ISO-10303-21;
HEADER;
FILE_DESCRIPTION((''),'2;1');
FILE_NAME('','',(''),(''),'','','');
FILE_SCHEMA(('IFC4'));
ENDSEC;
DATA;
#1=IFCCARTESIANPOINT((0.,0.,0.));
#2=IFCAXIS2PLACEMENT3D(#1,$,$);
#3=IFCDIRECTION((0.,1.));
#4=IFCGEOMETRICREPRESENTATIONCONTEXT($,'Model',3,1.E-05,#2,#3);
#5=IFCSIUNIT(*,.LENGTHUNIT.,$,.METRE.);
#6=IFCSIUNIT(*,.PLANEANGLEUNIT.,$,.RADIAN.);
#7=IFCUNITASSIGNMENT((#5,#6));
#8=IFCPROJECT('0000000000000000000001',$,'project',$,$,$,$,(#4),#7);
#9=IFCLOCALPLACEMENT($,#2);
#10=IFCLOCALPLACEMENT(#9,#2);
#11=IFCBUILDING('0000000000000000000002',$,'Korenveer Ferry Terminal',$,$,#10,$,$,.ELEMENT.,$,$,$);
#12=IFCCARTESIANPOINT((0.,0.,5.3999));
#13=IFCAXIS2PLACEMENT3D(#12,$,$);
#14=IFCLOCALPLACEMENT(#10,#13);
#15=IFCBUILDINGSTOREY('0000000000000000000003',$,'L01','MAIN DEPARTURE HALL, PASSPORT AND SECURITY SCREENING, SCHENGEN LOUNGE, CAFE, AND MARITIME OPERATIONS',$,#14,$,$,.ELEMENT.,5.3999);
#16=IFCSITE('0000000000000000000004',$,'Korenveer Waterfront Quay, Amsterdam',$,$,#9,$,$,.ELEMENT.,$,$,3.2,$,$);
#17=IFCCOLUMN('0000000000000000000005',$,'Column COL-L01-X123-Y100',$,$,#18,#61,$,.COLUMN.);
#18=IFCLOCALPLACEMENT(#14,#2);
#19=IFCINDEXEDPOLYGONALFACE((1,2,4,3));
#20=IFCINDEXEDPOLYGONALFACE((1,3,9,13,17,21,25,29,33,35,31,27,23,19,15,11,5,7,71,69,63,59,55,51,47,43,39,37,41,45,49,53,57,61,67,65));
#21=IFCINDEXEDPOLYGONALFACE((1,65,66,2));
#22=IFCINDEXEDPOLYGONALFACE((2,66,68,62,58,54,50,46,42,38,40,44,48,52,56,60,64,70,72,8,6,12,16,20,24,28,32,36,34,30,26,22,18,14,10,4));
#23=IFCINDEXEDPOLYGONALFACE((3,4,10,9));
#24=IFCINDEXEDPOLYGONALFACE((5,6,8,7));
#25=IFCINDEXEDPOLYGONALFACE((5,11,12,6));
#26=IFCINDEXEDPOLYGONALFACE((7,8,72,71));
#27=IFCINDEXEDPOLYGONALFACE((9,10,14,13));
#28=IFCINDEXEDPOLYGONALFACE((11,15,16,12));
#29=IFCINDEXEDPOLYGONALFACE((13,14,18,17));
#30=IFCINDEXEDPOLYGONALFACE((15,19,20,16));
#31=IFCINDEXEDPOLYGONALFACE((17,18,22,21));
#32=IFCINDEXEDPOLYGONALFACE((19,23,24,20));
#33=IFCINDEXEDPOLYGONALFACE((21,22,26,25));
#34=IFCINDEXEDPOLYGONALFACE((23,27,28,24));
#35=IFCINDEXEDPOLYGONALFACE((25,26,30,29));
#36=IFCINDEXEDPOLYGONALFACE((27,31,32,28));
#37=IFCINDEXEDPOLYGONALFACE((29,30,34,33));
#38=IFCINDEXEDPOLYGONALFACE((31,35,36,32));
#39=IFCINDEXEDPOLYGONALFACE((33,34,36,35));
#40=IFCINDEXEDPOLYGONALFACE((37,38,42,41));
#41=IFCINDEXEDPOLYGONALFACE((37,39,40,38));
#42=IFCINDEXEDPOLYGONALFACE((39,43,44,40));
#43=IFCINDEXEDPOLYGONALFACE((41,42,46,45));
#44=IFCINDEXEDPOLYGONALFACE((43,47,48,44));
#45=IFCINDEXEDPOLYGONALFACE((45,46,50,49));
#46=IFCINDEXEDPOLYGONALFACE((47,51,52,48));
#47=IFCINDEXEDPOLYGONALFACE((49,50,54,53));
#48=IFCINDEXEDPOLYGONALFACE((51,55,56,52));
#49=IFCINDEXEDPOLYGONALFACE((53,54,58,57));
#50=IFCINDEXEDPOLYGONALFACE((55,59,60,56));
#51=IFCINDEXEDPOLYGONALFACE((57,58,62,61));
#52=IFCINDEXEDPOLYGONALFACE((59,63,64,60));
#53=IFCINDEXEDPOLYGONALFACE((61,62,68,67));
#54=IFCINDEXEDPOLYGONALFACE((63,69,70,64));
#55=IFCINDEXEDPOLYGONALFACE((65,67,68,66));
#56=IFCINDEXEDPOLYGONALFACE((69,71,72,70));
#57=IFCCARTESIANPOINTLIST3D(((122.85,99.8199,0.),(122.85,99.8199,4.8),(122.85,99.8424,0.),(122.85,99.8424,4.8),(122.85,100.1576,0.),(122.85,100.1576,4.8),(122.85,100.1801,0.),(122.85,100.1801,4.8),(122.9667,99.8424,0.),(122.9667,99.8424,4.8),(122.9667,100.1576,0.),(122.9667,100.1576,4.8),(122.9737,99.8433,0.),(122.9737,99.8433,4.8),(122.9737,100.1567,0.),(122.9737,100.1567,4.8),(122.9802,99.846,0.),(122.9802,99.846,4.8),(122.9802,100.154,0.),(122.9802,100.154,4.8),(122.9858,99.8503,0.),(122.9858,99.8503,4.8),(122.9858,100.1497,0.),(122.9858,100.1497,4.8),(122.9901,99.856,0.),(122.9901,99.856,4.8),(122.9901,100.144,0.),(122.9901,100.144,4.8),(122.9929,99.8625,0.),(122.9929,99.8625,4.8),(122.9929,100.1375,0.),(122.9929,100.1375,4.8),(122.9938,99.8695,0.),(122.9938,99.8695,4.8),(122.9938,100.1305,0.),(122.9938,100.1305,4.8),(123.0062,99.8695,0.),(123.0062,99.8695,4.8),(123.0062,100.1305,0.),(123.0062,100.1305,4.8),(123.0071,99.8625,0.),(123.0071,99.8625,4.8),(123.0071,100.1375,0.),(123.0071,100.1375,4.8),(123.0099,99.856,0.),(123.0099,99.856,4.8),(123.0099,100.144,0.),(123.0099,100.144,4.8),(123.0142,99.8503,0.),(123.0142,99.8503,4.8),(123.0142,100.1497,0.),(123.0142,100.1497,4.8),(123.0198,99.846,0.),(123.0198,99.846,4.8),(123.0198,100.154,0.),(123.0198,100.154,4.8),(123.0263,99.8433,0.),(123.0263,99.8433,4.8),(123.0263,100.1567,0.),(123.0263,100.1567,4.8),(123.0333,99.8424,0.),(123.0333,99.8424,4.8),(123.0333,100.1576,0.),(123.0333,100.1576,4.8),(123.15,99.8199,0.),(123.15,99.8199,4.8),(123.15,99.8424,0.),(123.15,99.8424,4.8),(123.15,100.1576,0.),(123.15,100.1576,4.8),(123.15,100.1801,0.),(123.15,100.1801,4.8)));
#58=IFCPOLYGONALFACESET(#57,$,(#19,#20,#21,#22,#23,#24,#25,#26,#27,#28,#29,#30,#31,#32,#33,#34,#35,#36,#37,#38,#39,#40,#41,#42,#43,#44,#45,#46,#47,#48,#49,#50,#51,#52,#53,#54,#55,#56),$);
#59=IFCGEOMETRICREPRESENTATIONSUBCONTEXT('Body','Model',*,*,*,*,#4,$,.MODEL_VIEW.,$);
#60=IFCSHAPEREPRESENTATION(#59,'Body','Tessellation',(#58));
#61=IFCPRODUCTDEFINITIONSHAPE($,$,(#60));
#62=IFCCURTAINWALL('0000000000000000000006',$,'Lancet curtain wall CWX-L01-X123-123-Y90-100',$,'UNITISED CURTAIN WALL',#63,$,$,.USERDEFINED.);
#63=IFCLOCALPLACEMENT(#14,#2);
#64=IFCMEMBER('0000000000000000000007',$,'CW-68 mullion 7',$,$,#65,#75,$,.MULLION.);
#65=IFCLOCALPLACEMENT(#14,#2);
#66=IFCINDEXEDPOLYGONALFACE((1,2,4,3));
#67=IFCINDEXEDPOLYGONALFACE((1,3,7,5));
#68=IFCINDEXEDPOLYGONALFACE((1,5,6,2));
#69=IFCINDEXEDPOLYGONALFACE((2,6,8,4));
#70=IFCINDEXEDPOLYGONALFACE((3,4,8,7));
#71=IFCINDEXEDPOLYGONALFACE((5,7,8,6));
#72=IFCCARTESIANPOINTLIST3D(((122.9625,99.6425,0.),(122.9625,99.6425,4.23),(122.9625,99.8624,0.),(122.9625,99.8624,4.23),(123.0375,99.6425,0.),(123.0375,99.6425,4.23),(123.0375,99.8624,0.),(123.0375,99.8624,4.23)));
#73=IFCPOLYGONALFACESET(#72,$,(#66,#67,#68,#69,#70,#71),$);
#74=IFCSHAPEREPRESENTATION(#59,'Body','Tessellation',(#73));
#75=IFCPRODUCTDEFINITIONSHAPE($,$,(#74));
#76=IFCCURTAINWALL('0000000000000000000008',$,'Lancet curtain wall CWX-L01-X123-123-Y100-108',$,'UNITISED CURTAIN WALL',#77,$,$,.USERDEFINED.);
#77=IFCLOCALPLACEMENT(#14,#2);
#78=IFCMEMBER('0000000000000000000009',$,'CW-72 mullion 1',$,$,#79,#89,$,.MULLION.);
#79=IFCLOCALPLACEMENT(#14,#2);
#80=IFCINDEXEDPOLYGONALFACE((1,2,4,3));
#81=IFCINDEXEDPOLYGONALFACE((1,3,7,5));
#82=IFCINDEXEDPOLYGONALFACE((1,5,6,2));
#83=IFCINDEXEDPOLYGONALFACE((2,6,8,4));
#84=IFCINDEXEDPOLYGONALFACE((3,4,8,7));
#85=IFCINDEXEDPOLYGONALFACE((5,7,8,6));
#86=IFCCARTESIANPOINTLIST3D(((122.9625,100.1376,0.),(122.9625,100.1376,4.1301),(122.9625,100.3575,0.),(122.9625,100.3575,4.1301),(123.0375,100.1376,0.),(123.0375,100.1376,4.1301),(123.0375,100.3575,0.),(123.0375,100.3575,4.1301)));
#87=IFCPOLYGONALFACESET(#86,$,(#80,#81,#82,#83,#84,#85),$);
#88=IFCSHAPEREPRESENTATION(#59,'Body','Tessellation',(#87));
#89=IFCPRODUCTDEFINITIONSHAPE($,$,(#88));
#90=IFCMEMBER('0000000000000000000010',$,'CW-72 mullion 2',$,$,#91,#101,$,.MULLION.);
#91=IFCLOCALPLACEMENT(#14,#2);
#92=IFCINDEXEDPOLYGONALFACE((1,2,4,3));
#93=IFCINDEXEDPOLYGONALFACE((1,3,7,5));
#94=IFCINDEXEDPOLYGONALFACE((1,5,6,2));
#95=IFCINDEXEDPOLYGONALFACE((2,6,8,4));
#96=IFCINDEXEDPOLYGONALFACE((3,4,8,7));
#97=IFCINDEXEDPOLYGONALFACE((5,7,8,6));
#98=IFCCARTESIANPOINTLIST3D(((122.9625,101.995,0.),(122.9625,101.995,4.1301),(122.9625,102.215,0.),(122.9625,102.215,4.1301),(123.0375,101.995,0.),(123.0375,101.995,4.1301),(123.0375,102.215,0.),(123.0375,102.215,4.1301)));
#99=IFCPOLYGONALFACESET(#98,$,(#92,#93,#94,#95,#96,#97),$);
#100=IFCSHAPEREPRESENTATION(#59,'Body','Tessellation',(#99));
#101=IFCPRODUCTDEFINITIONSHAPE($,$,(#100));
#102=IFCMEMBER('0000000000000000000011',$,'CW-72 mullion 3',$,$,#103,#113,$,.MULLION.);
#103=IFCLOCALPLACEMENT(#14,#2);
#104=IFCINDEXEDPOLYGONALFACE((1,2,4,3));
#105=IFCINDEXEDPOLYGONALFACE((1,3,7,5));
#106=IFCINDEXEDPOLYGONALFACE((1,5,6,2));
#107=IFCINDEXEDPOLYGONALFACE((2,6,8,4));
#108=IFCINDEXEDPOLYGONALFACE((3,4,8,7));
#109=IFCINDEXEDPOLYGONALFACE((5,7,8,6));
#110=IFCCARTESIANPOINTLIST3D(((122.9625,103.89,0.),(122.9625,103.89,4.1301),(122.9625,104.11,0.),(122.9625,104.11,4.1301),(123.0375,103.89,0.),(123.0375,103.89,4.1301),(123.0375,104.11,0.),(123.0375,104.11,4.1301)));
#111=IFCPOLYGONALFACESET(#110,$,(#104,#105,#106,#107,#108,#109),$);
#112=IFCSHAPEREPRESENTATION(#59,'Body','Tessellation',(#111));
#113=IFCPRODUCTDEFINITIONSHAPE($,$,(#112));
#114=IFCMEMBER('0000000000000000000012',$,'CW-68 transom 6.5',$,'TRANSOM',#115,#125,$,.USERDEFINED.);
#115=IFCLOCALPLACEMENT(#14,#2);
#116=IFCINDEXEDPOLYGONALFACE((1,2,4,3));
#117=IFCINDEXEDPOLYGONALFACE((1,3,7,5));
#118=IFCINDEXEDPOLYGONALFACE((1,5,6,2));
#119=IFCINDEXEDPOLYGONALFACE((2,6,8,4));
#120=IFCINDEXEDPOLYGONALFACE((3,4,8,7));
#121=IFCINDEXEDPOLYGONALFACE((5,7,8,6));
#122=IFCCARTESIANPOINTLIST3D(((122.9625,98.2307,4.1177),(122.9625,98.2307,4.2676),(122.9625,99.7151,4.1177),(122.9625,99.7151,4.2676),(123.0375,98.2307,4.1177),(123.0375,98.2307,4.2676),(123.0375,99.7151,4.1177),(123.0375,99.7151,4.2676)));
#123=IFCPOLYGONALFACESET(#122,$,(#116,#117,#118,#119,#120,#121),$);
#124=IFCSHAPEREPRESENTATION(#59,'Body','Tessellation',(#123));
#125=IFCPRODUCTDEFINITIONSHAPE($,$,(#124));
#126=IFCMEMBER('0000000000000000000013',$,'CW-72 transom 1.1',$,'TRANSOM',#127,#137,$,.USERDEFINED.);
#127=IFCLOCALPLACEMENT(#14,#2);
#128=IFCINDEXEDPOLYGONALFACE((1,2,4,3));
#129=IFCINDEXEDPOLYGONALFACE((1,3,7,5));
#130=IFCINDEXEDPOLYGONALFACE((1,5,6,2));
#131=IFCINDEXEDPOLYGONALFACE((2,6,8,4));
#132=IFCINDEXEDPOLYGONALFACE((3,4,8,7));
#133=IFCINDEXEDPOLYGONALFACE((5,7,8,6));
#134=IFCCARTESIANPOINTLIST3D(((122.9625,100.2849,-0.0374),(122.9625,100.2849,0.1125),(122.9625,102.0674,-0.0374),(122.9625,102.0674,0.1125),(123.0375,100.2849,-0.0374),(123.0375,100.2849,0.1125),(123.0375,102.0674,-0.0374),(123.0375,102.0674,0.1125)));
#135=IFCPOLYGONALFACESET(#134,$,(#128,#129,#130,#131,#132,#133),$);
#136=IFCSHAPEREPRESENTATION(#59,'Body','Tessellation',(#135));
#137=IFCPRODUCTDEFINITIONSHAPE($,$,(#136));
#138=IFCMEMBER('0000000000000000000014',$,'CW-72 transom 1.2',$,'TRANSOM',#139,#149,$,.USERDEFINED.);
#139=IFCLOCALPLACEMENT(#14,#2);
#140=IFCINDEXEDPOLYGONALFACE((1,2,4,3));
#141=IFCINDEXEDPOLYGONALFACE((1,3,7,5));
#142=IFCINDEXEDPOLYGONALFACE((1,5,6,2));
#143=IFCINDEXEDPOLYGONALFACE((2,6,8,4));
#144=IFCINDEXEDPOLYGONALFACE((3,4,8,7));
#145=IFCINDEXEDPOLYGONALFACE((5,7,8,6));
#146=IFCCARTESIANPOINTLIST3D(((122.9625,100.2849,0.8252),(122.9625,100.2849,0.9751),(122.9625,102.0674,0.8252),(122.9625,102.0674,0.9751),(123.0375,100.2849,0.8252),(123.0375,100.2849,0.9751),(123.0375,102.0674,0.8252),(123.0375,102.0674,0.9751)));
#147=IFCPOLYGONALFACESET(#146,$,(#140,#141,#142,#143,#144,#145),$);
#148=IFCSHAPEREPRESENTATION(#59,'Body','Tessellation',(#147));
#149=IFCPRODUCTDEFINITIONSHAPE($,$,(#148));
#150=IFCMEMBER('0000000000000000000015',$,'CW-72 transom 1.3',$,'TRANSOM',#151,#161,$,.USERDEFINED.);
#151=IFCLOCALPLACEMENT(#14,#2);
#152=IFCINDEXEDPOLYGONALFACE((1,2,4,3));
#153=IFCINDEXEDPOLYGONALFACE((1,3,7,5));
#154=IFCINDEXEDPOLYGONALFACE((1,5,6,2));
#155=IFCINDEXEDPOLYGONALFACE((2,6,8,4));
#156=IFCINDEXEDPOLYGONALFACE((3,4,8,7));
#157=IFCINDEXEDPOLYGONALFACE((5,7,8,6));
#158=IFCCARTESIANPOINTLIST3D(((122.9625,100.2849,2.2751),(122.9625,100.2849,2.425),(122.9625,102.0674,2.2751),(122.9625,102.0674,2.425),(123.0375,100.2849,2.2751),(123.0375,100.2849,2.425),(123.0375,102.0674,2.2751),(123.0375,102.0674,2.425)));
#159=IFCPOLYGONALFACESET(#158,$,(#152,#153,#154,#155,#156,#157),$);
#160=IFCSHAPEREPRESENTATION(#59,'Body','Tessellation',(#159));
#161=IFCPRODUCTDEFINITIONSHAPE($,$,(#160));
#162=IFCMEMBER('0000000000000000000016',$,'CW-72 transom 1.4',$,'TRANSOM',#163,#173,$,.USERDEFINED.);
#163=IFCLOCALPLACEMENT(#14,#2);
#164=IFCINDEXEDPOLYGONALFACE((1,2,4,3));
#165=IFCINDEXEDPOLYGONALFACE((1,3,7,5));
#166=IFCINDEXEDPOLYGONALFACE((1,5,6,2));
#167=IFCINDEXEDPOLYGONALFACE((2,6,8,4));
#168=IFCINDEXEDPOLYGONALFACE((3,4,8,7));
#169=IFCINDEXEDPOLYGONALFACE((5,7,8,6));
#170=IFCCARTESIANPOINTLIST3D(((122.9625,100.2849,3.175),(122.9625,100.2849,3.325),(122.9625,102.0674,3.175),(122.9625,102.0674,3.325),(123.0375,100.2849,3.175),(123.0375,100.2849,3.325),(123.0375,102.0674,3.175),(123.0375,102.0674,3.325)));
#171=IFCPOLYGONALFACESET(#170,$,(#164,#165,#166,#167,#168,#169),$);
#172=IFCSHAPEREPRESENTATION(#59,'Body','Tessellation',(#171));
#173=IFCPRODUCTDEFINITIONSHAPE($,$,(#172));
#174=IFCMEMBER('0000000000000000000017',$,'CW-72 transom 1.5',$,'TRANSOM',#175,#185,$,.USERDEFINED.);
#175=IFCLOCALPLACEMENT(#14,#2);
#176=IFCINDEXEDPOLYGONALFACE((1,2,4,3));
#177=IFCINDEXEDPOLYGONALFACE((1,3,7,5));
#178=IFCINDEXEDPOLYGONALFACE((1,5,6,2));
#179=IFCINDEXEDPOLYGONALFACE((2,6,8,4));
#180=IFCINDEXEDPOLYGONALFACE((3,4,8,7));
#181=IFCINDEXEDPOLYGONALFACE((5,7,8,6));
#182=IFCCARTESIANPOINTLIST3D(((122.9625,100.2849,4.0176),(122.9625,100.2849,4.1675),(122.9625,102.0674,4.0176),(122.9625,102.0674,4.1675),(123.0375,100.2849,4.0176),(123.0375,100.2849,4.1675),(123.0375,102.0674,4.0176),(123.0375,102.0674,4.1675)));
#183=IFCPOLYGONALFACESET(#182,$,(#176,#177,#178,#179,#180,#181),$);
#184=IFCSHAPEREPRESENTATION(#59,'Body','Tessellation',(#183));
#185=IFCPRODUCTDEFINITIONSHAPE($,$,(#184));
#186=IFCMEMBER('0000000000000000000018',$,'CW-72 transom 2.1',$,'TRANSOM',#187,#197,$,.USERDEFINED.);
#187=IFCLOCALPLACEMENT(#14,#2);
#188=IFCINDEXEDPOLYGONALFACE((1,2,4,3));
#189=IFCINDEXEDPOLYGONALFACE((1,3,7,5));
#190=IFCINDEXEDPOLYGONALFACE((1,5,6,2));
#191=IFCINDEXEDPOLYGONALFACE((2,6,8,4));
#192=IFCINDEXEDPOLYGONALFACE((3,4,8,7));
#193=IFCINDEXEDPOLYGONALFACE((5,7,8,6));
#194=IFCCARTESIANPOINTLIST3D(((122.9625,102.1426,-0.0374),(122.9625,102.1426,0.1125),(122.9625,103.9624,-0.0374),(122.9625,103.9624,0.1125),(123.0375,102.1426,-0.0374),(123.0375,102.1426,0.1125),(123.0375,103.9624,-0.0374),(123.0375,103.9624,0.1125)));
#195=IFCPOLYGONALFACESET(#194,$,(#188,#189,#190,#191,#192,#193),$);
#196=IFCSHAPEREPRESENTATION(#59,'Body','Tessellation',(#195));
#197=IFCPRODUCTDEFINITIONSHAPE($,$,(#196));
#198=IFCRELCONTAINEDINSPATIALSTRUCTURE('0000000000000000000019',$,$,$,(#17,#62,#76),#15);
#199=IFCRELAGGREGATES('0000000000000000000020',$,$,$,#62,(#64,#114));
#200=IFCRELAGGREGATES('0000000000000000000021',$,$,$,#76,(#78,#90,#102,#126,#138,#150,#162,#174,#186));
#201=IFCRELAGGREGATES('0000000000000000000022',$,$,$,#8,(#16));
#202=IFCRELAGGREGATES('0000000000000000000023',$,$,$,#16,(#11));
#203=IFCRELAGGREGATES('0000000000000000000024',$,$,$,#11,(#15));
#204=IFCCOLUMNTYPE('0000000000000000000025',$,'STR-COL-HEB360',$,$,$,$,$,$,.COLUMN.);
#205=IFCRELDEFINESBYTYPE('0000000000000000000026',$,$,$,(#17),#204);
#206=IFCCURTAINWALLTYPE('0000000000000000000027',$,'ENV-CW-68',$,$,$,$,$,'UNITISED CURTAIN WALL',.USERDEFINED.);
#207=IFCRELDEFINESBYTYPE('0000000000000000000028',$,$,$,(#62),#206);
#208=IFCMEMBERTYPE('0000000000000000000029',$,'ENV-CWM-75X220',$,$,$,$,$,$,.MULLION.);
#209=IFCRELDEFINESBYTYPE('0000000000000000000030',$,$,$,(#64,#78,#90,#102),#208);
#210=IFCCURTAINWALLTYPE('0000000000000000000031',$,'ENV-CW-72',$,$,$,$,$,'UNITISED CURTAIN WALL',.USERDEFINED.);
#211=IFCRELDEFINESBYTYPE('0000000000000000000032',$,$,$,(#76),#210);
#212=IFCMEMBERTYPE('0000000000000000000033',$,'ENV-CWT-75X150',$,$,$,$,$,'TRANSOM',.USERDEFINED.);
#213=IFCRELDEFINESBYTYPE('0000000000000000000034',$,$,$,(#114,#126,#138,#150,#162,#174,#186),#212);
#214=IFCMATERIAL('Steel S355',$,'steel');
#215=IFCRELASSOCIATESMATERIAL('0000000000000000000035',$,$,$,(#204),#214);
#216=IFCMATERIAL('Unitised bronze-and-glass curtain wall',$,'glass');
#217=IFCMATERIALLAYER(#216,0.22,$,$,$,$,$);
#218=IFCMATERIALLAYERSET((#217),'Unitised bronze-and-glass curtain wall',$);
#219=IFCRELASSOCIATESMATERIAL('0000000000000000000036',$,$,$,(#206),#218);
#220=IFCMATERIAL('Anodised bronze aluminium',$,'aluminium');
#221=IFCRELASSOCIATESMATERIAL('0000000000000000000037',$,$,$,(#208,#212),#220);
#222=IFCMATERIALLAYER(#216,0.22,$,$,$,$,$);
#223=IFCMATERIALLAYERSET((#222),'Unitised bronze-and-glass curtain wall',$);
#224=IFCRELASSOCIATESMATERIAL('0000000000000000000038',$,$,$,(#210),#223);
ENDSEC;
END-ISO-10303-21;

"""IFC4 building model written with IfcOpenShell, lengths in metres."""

from ifc_helpers import new_model, si_unit, direction, frame, origin, origin_2d, place, context, subcontext, project, spatial, rectangle, i_section, extrude, material, layer, layer_set, material_profile, profile_set, type_object, element, aggregate, save


model = new_model("IFC4")

# Units and contexts
model_context = context("Model", 3, precision=1e-05, world=origin(), true_north=direction((0.0, 1.0)))
body_context = subcontext(model_context, "Body", "Model", "MODEL_VIEW")
ifc_project = project(units=[si_unit("LENGTHUNIT", "METRE"), si_unit("PLANEANGLEUNIT", "RADIAN")], contexts=[model_context])

# Site, building, storey
site_placement = place(None, origin())
site = spatial("IfcSite", under=ifc_project, at=site_placement, Name="Korenveer Waterfront Quay, Amsterdam", CompositionType="ELEMENT", RefElevation=3.2)
building_placement = place(site_placement, origin())
building = spatial("IfcBuilding", under=site, at=building_placement, Name="Korenveer Ferry Terminal", CompositionType="ELEMENT")
storey_placement = place(building_placement, frame((0.0, 0.0, 5.3999)))
storey = spatial("IfcBuildingStorey", under=building, at=storey_placement, Name="L01", Description="MAIN DEPARTURE HALL, PASSPORT AND SECURITY SCREENING, SCHENGEN LOUNGE, CAFE, AND MARITIME OPERATIONS", CompositionType="ELEMENT", Elevation=5.3999)

# Column
ifc_material_1 = material(Name="Steel S355", Category="steel")
ifc_material_profile_1 = material_profile(ifc_material_1, i_section(OverallWidth=0.3, OverallDepth=0.3601, WebThickness=0.0125, FlangeThickness=0.0225, FilletRadius=0.0271, at=origin_2d()), Name="HEB 360")
ifc_profile_set_1 = profile_set([ifc_material_profile_1], Name="Steel S355")
column_type = type_object("IfcColumnType", Name="STR-COL-HEB360", PredefinedType="COLUMN", material=ifc_profile_set_1)
column_placement = place(storey_placement, frame((123.0, 100.0, 0.0), z_axis=(0.0, 0.0, 1.0), x_axis=(1.0, 0.0, 0.0)))
element("IfcColumn", 1, at=column_placement, inside=storey, type_object=column_type, Name="Column COL-L01-X123-Y100", PredefinedType="COLUMN", context=body_context, shape_type="SweptSolid", body=[
    extrude(i_section(OverallWidth=0.3, OverallDepth=0.3601, WebThickness=0.0125, FlangeThickness=0.0225, FilletRadius=0.0271, at=origin_2d()), origin(), (0.0, 0.0, 1.0), 4.8),
])

# Curtain wall, member
ifc_material_2 = material(Name="Unitised bronze-and-glass curtain wall", Category="glass")
ifc_layer_1 = layer(ifc_material_2, 0.22)
ifc_layer_set_1 = layer_set([ifc_layer_1], Name="Unitised bronze-and-glass curtain wall")
curtain_wall_type_1 = type_object("IfcCurtainWallType", Name="ENV-CW-68", ElementType="UNITISED CURTAIN WALL", PredefinedType="USERDEFINED", material=ifc_layer_set_1)
curtain_wall_1_placement = place(storey_placement, frame((123.0, 90.21, 0.0)))
curtain_wall_1 = element("IfcCurtainWall", 2, at=curtain_wall_1_placement, inside=storey, type_object=curtain_wall_type_1, Name="Lancet curtain wall CWX-L01-X123-123-Y90-100", ObjectType="UNITISED CURTAIN WALL", PredefinedType="USERDEFINED")
ifc_material_3 = material(Name="Anodised bronze aluminium", Category="aluminium")
ifc_material_profile_2 = material_profile(ifc_material_3, rectangle(XDim=0.075, YDim=0.22, at=origin_2d()), Name="ALU 75x220")
ifc_profile_set_2 = profile_set([ifc_material_profile_2], Name="Anodised bronze aluminium")
member_type_1 = type_object("IfcMemberType", Name="ENV-CWM-75X220", PredefinedType="MULLION", material=ifc_profile_set_2)
member_1_placement = place(storey_placement, frame((123.0, 99.7524, 0.0), z_axis=(0.0, 0.0, 1.0), x_axis=(-1.0, 0.0, 0.0)))
member_1 = element("IfcMember", 3, at=member_1_placement, type_object=member_type_1, Name="CW-68 mullion 7", PredefinedType="MULLION", context=body_context, shape_type="SweptSolid", body=[
    extrude(rectangle(XDim=0.075, YDim=0.22, at=origin_2d()), origin(), (0.0, 0.0, 1.0), 4.23),
])

# Curtain wall, members
ifc_layer_2 = layer(ifc_material_2, 0.22)
ifc_layer_set_2 = layer_set([ifc_layer_2], Name="Unitised bronze-and-glass curtain wall")
curtain_wall_type_2 = type_object("IfcCurtainWallType", Name="ENV-CW-72", ElementType="UNITISED CURTAIN WALL", PredefinedType="USERDEFINED", material=ifc_layer_set_2)
curtain_wall_2_placement = place(storey_placement, frame((123.0, 100.21, 0.0)))
curtain_wall_2 = element("IfcCurtainWall", 4, at=curtain_wall_2_placement, inside=storey, type_object=curtain_wall_type_2, Name="Lancet curtain wall CWX-L01-X123-123-Y100-108", ObjectType="UNITISED CURTAIN WALL", PredefinedType="USERDEFINED")
member_2_placement = place(storey_placement, frame((123.0, 100.2476, 0.0), z_axis=(0.0, 0.0, 1.0), x_axis=(-1.0, 0.0, 0.0)))
member_2 = element("IfcMember", 5, at=member_2_placement, type_object=member_type_1, Name="CW-72 mullion 1", PredefinedType="MULLION", context=body_context, shape_type="SweptSolid", body=[
    extrude(rectangle(XDim=0.075, YDim=0.22, at=origin_2d()), origin(), (0.0, 0.0, 1.0), 4.1301),
])
member_3_placement = place(storey_placement, frame((123.0, 102.105, 0.0), z_axis=(0.0, 0.0, 1.0), x_axis=(-1.0, 0.0, 0.0)))
member_3 = element("IfcMember", 6, at=member_3_placement, type_object=member_type_1, Name="CW-72 mullion 2", PredefinedType="MULLION", context=body_context, shape_type="SweptSolid", body=[
    extrude(rectangle(XDim=0.075, YDim=0.22, at=origin_2d()), origin(), (0.0, 0.0, 1.0), 4.1301),
])
member_4_placement = place(storey_placement, frame((123.0, 104.0, 0.0), z_axis=(0.0, 0.0, 1.0), x_axis=(-1.0, 0.0, 0.0)))
member_4 = element("IfcMember", 7, at=member_4_placement, type_object=member_type_1, Name="CW-72 mullion 3", PredefinedType="MULLION", context=body_context, shape_type="SweptSolid", body=[
    extrude(rectangle(XDim=0.075, YDim=0.22, at=origin_2d()), origin(), (0.0, 0.0, 1.0), 4.1301),
])

# Members
ifc_material_profile_3 = material_profile(ifc_material_3, rectangle(XDim=0.075, YDim=0.1499, at=origin_2d()), Name="ALU 75x150")
ifc_profile_set_3 = profile_set([ifc_material_profile_3], Name="Anodised bronze aluminium")
member_type_2 = type_object("IfcMemberType", Name="ENV-CWT-75X150", ElementType="TRANSOM", PredefinedType="USERDEFINED", material=ifc_profile_set_3)
member_5_placement = place(storey_placement, frame((123.0, 98.2307, 4.1926), z_axis=(0.0, 1.0, 0.0), x_axis=(-1.0, 0.0, 0.0)))
member_5 = element("IfcMember", 8, at=member_5_placement, type_object=member_type_2, Name="CW-68 transom 6.5", ObjectType="TRANSOM", PredefinedType="USERDEFINED", context=body_context, shape_type="SweptSolid", body=[
    extrude(rectangle(XDim=0.075, YDim=0.1499, at=origin_2d()), origin(), (0.0, 0.0, 1.0), 1.4844),
])
member_6_placement = place(storey_placement, frame((123.0, 100.2849, 0.0376), z_axis=(0.0, 1.0, 0.0), x_axis=(-1.0, 0.0, 0.0)))
member_6 = element("IfcMember", 9, at=member_6_placement, type_object=member_type_2, Name="CW-72 transom 1.1", ObjectType="TRANSOM", PredefinedType="USERDEFINED", context=body_context, shape_type="SweptSolid", body=[
    extrude(rectangle(XDim=0.075, YDim=0.1499, at=origin_2d()), origin(), (0.0, 0.0, 1.0), 1.7825),
])
member_7_placement = place(storey_placement, frame((123.0, 100.2849, 0.9001), z_axis=(0.0, 1.0, 0.0), x_axis=(-1.0, 0.0, 0.0)))
member_7 = element("IfcMember", 10, at=member_7_placement, type_object=member_type_2, Name="CW-72 transom 1.2", ObjectType="TRANSOM", PredefinedType="USERDEFINED", context=body_context, shape_type="SweptSolid", body=[
    extrude(rectangle(XDim=0.075, YDim=0.1499, at=origin_2d()), origin(), (0.0, 0.0, 1.0), 1.7825),
])
member_8_placement = place(storey_placement, frame((123.0, 100.2849, 2.3501), z_axis=(0.0, 1.0, 0.0), x_axis=(-1.0, 0.0, 0.0)))
member_8 = element("IfcMember", 11, at=member_8_placement, type_object=member_type_2, Name="CW-72 transom 1.3", ObjectType="TRANSOM", PredefinedType="USERDEFINED", context=body_context, shape_type="SweptSolid", body=[
    extrude(rectangle(XDim=0.075, YDim=0.1499, at=origin_2d()), origin(), (0.0, 0.0, 1.0), 1.7825),
])
member_9_placement = place(storey_placement, frame((123.0, 100.2849, 3.25), z_axis=(0.0, 1.0, 0.0), x_axis=(-1.0, 0.0, 0.0)))
member_9 = element("IfcMember", 12, at=member_9_placement, type_object=member_type_2, Name="CW-72 transom 1.4", ObjectType="TRANSOM", PredefinedType="USERDEFINED", context=body_context, shape_type="SweptSolid", body=[
    extrude(rectangle(XDim=0.075, YDim=0.1499, at=origin_2d()), origin(), (0.0, 0.0, 1.0), 1.7825),
])
member_10_placement = place(storey_placement, frame((123.0, 100.2849, 4.0925), z_axis=(0.0, 1.0, 0.0), x_axis=(-1.0, 0.0, 0.0)))
member_10 = element("IfcMember", 13, at=member_10_placement, type_object=member_type_2, Name="CW-72 transom 1.5", ObjectType="TRANSOM", PredefinedType="USERDEFINED", context=body_context, shape_type="SweptSolid", body=[
    extrude(rectangle(XDim=0.075, YDim=0.1499, at=origin_2d()), origin(), (0.0, 0.0, 1.0), 1.7825),
])
member_11_placement = place(storey_placement, frame((123.0, 102.1426, 0.0376), z_axis=(0.0, 1.0, 0.0), x_axis=(-1.0, 0.0, 0.0)))
member_11 = element("IfcMember", 14, at=member_11_placement, type_object=member_type_2, Name="CW-72 transom 2.1", ObjectType="TRANSOM", PredefinedType="USERDEFINED", context=body_context, shape_type="SweptSolid", body=[
    extrude(rectangle(XDim=0.075, YDim=0.1499, at=origin_2d()), origin(), (0.0, 0.0, 1.0), 1.8198),
])

aggregate(curtain_wall_1, [member_1, member_5])
aggregate(curtain_wall_2, [member_2, member_3, member_4, member_6, member_7, member_8, member_9, member_10, member_11])

save(model, "model.ifc")
